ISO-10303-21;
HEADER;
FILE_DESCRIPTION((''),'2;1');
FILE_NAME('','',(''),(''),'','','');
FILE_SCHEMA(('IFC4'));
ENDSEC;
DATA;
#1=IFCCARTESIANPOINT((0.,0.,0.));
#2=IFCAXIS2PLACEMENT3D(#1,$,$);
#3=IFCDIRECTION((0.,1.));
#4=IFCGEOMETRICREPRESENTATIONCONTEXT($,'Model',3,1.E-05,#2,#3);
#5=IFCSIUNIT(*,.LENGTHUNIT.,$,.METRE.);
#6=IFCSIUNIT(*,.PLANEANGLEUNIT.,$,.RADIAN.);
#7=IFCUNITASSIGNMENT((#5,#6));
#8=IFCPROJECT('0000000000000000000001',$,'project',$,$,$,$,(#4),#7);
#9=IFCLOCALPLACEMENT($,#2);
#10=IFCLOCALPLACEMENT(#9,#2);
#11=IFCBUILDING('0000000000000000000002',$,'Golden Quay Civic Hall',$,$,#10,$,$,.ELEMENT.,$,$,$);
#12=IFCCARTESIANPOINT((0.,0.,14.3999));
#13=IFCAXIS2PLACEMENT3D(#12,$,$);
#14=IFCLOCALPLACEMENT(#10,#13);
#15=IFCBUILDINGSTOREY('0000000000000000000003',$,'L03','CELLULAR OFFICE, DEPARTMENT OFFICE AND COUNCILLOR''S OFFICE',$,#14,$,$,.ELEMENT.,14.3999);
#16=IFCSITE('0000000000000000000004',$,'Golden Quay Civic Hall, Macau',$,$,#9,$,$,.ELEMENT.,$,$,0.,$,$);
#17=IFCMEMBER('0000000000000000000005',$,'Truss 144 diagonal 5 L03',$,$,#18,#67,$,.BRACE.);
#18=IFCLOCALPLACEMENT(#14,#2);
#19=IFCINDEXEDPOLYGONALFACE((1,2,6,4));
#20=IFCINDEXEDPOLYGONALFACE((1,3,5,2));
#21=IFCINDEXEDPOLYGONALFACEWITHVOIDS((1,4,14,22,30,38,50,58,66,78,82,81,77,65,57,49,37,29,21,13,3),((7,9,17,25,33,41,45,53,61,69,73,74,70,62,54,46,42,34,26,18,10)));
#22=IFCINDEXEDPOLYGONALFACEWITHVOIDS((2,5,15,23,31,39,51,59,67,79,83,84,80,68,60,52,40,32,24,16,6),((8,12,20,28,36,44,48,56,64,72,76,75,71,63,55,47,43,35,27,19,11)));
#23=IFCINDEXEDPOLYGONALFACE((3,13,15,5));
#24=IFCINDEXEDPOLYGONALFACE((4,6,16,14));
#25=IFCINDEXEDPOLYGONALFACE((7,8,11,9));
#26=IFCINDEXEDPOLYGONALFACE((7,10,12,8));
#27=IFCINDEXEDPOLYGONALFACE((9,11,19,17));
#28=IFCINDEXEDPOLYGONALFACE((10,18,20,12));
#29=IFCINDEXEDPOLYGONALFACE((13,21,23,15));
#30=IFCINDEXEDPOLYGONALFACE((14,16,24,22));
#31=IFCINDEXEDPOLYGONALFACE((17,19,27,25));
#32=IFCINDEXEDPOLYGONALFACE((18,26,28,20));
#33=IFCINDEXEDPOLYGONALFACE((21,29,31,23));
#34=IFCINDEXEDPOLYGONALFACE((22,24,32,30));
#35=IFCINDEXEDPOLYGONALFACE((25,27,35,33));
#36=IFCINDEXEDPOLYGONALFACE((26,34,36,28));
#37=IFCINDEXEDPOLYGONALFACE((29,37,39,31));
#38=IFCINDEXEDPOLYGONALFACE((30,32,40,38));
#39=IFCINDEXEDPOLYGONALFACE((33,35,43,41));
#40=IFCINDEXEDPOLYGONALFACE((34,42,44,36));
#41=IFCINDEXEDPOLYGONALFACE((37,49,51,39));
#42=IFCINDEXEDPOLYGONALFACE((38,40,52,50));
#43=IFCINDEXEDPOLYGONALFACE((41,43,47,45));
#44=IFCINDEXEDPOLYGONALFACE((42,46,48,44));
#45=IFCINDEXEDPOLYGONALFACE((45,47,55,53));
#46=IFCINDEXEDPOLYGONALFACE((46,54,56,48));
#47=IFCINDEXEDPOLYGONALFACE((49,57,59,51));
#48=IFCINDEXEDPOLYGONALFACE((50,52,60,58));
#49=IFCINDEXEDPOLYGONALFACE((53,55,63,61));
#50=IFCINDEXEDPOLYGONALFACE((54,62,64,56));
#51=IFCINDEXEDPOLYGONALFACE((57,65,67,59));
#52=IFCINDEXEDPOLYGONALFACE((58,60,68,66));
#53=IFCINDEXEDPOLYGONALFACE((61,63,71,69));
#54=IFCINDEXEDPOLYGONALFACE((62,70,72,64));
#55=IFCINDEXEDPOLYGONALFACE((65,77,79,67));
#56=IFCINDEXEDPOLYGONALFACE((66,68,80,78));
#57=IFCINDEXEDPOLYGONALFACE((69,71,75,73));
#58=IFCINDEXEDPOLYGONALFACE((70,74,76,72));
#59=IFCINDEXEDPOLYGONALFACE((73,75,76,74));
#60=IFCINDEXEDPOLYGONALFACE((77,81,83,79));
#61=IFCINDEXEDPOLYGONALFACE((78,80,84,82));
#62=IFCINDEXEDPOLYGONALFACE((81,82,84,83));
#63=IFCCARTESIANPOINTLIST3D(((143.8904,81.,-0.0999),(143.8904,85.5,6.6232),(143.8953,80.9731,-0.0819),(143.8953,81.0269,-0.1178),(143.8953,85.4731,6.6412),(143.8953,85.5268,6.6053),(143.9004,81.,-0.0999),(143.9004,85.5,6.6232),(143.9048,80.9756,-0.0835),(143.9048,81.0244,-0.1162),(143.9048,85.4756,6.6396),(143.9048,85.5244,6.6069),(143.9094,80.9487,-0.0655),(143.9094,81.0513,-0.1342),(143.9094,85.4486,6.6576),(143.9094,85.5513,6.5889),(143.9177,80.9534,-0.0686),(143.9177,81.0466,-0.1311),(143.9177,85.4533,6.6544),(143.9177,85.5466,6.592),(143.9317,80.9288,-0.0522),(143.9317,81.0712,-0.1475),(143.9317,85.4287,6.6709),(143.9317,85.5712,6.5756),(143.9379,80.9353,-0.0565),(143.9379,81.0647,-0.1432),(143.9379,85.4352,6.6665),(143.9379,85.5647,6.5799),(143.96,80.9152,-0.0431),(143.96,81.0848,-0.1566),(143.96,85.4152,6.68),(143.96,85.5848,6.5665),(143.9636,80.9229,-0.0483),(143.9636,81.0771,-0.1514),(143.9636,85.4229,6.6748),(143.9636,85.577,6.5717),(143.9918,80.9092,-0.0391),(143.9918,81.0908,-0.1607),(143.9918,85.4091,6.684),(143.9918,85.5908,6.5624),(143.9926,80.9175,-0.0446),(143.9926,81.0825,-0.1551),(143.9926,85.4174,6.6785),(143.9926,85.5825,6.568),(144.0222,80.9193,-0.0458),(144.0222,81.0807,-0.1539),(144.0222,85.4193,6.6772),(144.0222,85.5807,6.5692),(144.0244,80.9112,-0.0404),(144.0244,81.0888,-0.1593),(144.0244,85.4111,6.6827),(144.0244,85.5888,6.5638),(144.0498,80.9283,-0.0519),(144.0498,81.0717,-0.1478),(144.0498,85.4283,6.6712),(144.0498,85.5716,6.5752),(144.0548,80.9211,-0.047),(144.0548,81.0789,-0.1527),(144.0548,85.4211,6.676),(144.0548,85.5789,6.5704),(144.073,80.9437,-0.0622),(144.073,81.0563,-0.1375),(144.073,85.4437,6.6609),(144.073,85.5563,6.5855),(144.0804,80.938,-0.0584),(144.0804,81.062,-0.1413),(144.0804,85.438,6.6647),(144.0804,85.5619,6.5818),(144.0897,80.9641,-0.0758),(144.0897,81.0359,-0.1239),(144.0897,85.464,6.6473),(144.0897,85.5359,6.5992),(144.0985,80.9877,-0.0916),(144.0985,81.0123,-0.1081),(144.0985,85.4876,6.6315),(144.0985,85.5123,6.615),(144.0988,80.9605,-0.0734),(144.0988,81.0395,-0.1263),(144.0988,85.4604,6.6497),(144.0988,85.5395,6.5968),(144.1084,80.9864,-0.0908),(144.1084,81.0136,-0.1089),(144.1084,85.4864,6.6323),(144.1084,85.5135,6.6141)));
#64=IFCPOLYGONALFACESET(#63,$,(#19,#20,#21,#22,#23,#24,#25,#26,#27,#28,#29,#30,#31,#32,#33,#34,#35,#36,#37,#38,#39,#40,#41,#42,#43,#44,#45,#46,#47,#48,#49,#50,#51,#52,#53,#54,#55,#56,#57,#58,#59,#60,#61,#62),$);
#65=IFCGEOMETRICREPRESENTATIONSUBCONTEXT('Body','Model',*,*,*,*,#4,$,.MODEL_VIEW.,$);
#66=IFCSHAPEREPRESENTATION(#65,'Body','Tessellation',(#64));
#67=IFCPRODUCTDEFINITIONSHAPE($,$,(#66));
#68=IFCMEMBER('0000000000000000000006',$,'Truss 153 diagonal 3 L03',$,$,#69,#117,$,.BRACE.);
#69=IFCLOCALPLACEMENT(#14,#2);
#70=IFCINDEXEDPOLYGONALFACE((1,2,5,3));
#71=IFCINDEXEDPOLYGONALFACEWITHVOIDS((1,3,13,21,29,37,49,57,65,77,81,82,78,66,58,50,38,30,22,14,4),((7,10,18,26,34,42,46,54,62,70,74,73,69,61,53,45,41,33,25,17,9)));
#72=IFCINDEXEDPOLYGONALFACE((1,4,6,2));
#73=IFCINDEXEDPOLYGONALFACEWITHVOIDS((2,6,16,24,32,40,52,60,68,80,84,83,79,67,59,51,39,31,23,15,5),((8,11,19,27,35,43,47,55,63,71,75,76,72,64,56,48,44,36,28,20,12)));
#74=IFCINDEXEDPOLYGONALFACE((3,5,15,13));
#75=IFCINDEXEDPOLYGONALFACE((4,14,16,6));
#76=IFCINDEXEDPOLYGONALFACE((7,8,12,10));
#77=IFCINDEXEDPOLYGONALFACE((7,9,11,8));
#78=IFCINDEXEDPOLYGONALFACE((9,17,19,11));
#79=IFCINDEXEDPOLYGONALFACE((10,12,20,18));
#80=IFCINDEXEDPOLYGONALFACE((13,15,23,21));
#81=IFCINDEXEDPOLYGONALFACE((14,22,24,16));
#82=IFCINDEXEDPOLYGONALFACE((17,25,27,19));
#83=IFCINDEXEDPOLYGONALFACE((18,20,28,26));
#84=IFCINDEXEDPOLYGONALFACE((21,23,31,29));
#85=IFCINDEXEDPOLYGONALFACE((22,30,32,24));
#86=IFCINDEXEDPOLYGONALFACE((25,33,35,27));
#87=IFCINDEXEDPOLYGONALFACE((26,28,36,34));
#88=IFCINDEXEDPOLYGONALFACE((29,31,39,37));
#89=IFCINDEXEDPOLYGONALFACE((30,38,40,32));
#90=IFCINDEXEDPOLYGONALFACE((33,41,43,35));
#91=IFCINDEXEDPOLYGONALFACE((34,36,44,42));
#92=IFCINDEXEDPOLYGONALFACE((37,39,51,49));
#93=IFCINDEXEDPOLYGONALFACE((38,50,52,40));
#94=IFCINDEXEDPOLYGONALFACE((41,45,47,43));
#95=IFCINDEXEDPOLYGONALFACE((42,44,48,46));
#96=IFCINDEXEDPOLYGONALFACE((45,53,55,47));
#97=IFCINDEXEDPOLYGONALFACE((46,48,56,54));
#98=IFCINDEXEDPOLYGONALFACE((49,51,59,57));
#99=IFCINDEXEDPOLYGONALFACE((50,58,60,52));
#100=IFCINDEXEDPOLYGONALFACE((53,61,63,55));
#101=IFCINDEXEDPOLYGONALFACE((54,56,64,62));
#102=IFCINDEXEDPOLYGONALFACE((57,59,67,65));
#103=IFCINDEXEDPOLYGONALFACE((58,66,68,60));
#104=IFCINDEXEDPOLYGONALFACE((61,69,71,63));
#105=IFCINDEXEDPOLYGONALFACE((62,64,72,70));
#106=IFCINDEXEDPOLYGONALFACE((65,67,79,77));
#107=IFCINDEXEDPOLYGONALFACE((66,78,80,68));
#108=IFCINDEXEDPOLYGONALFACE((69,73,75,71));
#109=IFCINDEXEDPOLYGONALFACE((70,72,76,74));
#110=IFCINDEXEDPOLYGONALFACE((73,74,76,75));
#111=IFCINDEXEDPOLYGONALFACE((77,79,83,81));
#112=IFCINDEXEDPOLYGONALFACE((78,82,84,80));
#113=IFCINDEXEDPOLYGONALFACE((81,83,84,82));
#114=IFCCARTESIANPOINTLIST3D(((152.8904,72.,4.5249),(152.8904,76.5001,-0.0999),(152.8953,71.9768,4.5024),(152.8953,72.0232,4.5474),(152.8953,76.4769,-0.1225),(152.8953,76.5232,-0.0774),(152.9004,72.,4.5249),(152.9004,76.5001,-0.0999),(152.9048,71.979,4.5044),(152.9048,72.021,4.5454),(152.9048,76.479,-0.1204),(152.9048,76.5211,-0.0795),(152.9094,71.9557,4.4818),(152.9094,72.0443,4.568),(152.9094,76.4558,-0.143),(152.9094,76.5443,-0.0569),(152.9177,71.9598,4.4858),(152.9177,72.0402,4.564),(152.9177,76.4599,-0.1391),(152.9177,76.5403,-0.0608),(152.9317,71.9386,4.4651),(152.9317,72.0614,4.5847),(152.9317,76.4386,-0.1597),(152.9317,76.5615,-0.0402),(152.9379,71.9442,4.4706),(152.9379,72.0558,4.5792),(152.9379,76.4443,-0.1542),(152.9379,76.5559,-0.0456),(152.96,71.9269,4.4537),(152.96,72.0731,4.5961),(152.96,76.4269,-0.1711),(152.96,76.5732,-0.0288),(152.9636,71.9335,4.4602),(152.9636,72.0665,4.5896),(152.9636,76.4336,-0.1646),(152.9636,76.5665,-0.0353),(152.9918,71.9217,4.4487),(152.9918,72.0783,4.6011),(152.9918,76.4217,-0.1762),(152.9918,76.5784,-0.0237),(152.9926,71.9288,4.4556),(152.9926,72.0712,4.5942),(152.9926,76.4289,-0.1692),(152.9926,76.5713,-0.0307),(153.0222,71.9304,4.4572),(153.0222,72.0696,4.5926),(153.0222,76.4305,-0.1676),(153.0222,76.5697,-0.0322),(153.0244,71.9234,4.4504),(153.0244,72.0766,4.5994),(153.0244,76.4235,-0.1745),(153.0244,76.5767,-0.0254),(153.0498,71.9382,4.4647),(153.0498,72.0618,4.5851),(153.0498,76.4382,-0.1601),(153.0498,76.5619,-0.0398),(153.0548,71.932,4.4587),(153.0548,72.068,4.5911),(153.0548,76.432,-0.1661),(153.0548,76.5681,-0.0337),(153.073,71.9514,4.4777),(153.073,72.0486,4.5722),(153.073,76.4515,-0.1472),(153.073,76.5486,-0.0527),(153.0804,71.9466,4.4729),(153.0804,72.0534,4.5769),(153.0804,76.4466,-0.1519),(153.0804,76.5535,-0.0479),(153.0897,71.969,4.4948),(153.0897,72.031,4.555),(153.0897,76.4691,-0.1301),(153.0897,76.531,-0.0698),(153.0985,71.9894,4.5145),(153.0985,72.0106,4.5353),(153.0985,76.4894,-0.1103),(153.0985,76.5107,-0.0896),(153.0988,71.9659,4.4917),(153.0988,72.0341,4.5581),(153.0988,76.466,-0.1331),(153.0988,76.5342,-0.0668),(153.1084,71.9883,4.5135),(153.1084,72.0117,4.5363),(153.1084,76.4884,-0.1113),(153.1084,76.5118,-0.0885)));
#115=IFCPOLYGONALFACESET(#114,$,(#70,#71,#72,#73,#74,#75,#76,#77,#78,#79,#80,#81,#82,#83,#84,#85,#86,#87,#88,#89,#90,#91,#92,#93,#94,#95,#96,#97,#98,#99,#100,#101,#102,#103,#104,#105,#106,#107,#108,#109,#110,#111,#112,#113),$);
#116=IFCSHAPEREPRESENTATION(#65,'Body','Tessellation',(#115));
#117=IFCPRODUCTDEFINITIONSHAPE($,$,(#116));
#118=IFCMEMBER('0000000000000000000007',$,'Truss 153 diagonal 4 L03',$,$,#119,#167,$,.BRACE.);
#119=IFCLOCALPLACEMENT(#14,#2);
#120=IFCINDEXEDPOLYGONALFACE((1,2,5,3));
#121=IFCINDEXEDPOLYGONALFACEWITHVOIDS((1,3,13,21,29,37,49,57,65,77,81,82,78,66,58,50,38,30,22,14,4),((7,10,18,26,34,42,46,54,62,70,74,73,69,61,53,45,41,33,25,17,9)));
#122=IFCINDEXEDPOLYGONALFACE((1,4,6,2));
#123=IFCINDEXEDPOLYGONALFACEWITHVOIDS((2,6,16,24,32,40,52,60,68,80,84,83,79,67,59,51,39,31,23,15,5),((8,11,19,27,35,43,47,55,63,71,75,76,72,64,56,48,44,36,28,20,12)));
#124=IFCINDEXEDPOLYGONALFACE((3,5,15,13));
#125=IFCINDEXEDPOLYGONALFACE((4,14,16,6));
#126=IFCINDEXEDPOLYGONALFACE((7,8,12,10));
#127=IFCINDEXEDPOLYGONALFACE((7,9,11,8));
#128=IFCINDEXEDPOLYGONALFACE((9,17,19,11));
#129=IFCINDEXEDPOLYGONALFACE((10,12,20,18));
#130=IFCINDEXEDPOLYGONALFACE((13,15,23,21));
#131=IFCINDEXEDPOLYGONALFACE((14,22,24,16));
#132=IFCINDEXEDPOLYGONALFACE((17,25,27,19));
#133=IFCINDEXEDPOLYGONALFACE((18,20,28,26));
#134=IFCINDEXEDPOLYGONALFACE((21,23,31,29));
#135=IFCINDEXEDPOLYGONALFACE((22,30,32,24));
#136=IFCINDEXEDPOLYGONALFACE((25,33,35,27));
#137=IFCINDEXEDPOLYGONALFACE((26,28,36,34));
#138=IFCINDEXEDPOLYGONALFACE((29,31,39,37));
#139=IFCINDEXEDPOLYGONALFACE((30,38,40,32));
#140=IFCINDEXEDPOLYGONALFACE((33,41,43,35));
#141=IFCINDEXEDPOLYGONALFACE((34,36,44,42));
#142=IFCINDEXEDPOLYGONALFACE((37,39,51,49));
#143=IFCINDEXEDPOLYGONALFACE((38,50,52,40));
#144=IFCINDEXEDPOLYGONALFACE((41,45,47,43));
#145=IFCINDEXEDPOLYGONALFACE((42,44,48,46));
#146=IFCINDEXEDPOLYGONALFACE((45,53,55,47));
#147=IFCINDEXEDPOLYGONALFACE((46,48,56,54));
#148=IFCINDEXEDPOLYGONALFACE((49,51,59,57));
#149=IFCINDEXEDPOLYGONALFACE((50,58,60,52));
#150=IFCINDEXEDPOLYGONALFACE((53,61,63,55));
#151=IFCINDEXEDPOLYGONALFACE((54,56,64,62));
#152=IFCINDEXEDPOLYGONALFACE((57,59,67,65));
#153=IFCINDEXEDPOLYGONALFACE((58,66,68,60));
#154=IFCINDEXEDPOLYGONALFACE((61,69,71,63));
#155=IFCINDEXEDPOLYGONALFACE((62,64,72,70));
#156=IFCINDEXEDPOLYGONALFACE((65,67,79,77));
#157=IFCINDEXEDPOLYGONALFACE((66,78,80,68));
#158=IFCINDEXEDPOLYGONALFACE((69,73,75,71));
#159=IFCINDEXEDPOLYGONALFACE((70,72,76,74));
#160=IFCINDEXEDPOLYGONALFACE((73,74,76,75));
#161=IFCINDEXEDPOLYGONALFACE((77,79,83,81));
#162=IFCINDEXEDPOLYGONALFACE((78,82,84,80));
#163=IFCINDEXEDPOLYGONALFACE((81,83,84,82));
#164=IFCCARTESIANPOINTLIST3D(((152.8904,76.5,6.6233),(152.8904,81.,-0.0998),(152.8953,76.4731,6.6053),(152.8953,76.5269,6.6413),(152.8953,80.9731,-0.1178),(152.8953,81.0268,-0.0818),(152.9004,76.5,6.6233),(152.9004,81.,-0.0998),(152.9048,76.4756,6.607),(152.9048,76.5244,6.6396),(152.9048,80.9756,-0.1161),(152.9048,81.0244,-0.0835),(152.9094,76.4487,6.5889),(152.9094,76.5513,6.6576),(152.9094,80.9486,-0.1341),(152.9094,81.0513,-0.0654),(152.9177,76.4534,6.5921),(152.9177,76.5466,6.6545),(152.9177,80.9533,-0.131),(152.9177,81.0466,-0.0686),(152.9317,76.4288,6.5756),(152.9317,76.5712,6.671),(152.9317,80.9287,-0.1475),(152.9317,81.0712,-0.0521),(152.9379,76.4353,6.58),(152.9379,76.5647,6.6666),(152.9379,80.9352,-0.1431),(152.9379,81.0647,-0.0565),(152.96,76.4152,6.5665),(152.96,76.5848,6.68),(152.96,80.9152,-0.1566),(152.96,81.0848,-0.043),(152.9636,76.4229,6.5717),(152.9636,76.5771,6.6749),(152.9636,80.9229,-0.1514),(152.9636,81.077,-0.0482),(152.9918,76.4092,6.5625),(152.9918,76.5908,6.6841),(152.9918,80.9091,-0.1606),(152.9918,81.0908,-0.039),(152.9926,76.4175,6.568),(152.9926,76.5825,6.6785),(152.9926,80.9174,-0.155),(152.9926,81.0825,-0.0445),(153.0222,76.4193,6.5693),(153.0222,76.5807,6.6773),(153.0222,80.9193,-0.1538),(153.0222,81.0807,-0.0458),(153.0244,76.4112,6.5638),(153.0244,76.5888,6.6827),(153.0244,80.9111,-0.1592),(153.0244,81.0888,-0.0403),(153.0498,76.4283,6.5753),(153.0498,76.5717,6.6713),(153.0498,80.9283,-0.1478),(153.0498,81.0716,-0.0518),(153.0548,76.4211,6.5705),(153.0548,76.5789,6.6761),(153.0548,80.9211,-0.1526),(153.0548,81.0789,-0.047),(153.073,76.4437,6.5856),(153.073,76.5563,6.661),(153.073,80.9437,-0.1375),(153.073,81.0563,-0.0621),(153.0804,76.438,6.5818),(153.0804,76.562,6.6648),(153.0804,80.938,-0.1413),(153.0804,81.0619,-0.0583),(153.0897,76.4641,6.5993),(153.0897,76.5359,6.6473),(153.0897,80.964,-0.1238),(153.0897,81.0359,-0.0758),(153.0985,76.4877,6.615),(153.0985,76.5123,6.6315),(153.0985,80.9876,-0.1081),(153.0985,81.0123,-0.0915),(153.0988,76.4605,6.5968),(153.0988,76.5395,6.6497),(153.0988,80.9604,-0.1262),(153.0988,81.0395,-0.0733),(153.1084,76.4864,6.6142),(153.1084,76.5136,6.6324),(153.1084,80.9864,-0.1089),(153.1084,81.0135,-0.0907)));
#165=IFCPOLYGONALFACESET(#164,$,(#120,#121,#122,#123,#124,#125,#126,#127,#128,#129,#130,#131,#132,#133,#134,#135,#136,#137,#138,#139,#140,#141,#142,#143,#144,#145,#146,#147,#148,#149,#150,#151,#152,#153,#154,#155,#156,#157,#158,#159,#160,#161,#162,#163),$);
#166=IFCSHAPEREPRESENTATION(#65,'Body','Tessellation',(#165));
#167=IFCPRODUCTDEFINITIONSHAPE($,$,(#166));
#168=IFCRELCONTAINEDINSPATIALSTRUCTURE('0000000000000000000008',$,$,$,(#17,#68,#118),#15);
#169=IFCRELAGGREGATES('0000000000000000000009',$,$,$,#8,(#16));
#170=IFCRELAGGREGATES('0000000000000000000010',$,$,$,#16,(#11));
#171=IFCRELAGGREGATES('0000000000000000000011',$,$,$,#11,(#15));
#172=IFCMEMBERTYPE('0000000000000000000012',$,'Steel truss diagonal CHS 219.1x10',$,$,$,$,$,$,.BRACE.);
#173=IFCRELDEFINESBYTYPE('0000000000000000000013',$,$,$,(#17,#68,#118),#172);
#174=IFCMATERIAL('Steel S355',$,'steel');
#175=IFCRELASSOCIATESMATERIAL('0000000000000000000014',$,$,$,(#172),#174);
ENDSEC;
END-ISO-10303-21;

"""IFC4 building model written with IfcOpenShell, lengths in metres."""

from ifc_helpers import new_model, si_unit, direction, frame, origin, origin_2d, place, context, subcontext, project, spatial, hollow_circle, extrude, material, material_profile, profile_set, type_object, element, save


model = new_model("IFC4")

# Units and contexts
model_context = context("Model", 3, precision=1e-05, world=origin(), true_north=direction((0.0, 1.0)))
body_context = subcontext(model_context, "Body", "Model", "MODEL_VIEW")
ifc_project = project(units=[si_unit("LENGTHUNIT", "METRE"), si_unit("PLANEANGLEUNIT", "RADIAN")], contexts=[model_context])

# Site, building, storey
site_placement = place(None, origin())
site = spatial("IfcSite", under=ifc_project, at=site_placement, Name="Golden Quay Civic Hall, Macau", CompositionType="ELEMENT", RefElevation=0.0)
building_placement = place(site_placement, origin())
building = spatial("IfcBuilding", under=site, at=building_placement, Name="Golden Quay Civic Hall", CompositionType="ELEMENT")
storey_placement = place(building_placement, frame((0.0, 0.0, 14.3999)))
storey = spatial("IfcBuildingStorey", under=building, at=storey_placement, Name="L03", Description="CELLULAR OFFICE, DEPARTMENT OFFICE AND COUNCILLOR'S OFFICE", CompositionType="ELEMENT", Elevation=14.3999)

# Members
ifc_material_1 = material(Name="Steel S355", Category="steel")
ifc_material_profile_1 = material_profile(ifc_material_1, hollow_circle(Radius=0.1096, WallThickness=0.01, at=origin_2d()), Name="CHS 219.1x10")
ifc_profile_set_1 = profile_set([ifc_material_profile_1], Name="Steel S355")
member_type_1 = type_object("IfcMemberType", Name="Steel truss diagonal CHS 219.1x10", PredefinedType="BRACE", material=ifc_profile_set_1)
member_1_placement = place(storey_placement, frame((144.0, 81.0, -0.0999), z_axis=(0.0, 0.556231, 0.831027), x_axis=(-1.0, 0.0, 0.0)))
element("IfcMember", 1, at=member_1_placement, inside=storey, type_object=member_type_1, Name="Truss 144 diagonal 5 L03", PredefinedType="BRACE", context=body_context, shape_type="SweptSolid", body=[
    extrude(hollow_circle(Radius=0.1096, WallThickness=0.01, at=origin_2d()), origin(), (0.0, 0.0, 1.0), 8.0901),
])
member_2_placement = place(storey_placement, frame((153.0, 72.0, 4.5249), z_axis=(0.0, 0.697374, -0.716708), x_axis=(-1.0, 0.0, 0.0)))
element("IfcMember", 2, at=member_2_placement, inside=storey, type_object=member_type_1, Name="Truss 153 diagonal 3 L03", PredefinedType="BRACE", context=body_context, shape_type="SweptSolid", body=[
    extrude(hollow_circle(Radius=0.1096, WallThickness=0.01, at=origin_2d()), origin(), (0.0, 0.0, 1.0), 6.4529),
])
for number, where, z_axis, x_axis, name in (
    (3, (153.0, 76.5, 6.6233), (0.0, 0.556231, -0.831027), (-1.0, 0.0, 0.0), "Truss 153 diagonal 4 L03"),
):
    element("IfcMember", number, at=place(storey_placement, frame(where, z_axis=z_axis, x_axis=x_axis)), inside=storey, type_object=member_type_1, Name=name, PredefinedType="BRACE", context=body_context, shape_type="SweptSolid", body=[
        extrude(hollow_circle(Radius=0.1096, WallThickness=0.01, at=origin_2d()), origin(), (0.0, 0.0, 1.0), 8.0901),
    ])

save(model, "model.ifc")
